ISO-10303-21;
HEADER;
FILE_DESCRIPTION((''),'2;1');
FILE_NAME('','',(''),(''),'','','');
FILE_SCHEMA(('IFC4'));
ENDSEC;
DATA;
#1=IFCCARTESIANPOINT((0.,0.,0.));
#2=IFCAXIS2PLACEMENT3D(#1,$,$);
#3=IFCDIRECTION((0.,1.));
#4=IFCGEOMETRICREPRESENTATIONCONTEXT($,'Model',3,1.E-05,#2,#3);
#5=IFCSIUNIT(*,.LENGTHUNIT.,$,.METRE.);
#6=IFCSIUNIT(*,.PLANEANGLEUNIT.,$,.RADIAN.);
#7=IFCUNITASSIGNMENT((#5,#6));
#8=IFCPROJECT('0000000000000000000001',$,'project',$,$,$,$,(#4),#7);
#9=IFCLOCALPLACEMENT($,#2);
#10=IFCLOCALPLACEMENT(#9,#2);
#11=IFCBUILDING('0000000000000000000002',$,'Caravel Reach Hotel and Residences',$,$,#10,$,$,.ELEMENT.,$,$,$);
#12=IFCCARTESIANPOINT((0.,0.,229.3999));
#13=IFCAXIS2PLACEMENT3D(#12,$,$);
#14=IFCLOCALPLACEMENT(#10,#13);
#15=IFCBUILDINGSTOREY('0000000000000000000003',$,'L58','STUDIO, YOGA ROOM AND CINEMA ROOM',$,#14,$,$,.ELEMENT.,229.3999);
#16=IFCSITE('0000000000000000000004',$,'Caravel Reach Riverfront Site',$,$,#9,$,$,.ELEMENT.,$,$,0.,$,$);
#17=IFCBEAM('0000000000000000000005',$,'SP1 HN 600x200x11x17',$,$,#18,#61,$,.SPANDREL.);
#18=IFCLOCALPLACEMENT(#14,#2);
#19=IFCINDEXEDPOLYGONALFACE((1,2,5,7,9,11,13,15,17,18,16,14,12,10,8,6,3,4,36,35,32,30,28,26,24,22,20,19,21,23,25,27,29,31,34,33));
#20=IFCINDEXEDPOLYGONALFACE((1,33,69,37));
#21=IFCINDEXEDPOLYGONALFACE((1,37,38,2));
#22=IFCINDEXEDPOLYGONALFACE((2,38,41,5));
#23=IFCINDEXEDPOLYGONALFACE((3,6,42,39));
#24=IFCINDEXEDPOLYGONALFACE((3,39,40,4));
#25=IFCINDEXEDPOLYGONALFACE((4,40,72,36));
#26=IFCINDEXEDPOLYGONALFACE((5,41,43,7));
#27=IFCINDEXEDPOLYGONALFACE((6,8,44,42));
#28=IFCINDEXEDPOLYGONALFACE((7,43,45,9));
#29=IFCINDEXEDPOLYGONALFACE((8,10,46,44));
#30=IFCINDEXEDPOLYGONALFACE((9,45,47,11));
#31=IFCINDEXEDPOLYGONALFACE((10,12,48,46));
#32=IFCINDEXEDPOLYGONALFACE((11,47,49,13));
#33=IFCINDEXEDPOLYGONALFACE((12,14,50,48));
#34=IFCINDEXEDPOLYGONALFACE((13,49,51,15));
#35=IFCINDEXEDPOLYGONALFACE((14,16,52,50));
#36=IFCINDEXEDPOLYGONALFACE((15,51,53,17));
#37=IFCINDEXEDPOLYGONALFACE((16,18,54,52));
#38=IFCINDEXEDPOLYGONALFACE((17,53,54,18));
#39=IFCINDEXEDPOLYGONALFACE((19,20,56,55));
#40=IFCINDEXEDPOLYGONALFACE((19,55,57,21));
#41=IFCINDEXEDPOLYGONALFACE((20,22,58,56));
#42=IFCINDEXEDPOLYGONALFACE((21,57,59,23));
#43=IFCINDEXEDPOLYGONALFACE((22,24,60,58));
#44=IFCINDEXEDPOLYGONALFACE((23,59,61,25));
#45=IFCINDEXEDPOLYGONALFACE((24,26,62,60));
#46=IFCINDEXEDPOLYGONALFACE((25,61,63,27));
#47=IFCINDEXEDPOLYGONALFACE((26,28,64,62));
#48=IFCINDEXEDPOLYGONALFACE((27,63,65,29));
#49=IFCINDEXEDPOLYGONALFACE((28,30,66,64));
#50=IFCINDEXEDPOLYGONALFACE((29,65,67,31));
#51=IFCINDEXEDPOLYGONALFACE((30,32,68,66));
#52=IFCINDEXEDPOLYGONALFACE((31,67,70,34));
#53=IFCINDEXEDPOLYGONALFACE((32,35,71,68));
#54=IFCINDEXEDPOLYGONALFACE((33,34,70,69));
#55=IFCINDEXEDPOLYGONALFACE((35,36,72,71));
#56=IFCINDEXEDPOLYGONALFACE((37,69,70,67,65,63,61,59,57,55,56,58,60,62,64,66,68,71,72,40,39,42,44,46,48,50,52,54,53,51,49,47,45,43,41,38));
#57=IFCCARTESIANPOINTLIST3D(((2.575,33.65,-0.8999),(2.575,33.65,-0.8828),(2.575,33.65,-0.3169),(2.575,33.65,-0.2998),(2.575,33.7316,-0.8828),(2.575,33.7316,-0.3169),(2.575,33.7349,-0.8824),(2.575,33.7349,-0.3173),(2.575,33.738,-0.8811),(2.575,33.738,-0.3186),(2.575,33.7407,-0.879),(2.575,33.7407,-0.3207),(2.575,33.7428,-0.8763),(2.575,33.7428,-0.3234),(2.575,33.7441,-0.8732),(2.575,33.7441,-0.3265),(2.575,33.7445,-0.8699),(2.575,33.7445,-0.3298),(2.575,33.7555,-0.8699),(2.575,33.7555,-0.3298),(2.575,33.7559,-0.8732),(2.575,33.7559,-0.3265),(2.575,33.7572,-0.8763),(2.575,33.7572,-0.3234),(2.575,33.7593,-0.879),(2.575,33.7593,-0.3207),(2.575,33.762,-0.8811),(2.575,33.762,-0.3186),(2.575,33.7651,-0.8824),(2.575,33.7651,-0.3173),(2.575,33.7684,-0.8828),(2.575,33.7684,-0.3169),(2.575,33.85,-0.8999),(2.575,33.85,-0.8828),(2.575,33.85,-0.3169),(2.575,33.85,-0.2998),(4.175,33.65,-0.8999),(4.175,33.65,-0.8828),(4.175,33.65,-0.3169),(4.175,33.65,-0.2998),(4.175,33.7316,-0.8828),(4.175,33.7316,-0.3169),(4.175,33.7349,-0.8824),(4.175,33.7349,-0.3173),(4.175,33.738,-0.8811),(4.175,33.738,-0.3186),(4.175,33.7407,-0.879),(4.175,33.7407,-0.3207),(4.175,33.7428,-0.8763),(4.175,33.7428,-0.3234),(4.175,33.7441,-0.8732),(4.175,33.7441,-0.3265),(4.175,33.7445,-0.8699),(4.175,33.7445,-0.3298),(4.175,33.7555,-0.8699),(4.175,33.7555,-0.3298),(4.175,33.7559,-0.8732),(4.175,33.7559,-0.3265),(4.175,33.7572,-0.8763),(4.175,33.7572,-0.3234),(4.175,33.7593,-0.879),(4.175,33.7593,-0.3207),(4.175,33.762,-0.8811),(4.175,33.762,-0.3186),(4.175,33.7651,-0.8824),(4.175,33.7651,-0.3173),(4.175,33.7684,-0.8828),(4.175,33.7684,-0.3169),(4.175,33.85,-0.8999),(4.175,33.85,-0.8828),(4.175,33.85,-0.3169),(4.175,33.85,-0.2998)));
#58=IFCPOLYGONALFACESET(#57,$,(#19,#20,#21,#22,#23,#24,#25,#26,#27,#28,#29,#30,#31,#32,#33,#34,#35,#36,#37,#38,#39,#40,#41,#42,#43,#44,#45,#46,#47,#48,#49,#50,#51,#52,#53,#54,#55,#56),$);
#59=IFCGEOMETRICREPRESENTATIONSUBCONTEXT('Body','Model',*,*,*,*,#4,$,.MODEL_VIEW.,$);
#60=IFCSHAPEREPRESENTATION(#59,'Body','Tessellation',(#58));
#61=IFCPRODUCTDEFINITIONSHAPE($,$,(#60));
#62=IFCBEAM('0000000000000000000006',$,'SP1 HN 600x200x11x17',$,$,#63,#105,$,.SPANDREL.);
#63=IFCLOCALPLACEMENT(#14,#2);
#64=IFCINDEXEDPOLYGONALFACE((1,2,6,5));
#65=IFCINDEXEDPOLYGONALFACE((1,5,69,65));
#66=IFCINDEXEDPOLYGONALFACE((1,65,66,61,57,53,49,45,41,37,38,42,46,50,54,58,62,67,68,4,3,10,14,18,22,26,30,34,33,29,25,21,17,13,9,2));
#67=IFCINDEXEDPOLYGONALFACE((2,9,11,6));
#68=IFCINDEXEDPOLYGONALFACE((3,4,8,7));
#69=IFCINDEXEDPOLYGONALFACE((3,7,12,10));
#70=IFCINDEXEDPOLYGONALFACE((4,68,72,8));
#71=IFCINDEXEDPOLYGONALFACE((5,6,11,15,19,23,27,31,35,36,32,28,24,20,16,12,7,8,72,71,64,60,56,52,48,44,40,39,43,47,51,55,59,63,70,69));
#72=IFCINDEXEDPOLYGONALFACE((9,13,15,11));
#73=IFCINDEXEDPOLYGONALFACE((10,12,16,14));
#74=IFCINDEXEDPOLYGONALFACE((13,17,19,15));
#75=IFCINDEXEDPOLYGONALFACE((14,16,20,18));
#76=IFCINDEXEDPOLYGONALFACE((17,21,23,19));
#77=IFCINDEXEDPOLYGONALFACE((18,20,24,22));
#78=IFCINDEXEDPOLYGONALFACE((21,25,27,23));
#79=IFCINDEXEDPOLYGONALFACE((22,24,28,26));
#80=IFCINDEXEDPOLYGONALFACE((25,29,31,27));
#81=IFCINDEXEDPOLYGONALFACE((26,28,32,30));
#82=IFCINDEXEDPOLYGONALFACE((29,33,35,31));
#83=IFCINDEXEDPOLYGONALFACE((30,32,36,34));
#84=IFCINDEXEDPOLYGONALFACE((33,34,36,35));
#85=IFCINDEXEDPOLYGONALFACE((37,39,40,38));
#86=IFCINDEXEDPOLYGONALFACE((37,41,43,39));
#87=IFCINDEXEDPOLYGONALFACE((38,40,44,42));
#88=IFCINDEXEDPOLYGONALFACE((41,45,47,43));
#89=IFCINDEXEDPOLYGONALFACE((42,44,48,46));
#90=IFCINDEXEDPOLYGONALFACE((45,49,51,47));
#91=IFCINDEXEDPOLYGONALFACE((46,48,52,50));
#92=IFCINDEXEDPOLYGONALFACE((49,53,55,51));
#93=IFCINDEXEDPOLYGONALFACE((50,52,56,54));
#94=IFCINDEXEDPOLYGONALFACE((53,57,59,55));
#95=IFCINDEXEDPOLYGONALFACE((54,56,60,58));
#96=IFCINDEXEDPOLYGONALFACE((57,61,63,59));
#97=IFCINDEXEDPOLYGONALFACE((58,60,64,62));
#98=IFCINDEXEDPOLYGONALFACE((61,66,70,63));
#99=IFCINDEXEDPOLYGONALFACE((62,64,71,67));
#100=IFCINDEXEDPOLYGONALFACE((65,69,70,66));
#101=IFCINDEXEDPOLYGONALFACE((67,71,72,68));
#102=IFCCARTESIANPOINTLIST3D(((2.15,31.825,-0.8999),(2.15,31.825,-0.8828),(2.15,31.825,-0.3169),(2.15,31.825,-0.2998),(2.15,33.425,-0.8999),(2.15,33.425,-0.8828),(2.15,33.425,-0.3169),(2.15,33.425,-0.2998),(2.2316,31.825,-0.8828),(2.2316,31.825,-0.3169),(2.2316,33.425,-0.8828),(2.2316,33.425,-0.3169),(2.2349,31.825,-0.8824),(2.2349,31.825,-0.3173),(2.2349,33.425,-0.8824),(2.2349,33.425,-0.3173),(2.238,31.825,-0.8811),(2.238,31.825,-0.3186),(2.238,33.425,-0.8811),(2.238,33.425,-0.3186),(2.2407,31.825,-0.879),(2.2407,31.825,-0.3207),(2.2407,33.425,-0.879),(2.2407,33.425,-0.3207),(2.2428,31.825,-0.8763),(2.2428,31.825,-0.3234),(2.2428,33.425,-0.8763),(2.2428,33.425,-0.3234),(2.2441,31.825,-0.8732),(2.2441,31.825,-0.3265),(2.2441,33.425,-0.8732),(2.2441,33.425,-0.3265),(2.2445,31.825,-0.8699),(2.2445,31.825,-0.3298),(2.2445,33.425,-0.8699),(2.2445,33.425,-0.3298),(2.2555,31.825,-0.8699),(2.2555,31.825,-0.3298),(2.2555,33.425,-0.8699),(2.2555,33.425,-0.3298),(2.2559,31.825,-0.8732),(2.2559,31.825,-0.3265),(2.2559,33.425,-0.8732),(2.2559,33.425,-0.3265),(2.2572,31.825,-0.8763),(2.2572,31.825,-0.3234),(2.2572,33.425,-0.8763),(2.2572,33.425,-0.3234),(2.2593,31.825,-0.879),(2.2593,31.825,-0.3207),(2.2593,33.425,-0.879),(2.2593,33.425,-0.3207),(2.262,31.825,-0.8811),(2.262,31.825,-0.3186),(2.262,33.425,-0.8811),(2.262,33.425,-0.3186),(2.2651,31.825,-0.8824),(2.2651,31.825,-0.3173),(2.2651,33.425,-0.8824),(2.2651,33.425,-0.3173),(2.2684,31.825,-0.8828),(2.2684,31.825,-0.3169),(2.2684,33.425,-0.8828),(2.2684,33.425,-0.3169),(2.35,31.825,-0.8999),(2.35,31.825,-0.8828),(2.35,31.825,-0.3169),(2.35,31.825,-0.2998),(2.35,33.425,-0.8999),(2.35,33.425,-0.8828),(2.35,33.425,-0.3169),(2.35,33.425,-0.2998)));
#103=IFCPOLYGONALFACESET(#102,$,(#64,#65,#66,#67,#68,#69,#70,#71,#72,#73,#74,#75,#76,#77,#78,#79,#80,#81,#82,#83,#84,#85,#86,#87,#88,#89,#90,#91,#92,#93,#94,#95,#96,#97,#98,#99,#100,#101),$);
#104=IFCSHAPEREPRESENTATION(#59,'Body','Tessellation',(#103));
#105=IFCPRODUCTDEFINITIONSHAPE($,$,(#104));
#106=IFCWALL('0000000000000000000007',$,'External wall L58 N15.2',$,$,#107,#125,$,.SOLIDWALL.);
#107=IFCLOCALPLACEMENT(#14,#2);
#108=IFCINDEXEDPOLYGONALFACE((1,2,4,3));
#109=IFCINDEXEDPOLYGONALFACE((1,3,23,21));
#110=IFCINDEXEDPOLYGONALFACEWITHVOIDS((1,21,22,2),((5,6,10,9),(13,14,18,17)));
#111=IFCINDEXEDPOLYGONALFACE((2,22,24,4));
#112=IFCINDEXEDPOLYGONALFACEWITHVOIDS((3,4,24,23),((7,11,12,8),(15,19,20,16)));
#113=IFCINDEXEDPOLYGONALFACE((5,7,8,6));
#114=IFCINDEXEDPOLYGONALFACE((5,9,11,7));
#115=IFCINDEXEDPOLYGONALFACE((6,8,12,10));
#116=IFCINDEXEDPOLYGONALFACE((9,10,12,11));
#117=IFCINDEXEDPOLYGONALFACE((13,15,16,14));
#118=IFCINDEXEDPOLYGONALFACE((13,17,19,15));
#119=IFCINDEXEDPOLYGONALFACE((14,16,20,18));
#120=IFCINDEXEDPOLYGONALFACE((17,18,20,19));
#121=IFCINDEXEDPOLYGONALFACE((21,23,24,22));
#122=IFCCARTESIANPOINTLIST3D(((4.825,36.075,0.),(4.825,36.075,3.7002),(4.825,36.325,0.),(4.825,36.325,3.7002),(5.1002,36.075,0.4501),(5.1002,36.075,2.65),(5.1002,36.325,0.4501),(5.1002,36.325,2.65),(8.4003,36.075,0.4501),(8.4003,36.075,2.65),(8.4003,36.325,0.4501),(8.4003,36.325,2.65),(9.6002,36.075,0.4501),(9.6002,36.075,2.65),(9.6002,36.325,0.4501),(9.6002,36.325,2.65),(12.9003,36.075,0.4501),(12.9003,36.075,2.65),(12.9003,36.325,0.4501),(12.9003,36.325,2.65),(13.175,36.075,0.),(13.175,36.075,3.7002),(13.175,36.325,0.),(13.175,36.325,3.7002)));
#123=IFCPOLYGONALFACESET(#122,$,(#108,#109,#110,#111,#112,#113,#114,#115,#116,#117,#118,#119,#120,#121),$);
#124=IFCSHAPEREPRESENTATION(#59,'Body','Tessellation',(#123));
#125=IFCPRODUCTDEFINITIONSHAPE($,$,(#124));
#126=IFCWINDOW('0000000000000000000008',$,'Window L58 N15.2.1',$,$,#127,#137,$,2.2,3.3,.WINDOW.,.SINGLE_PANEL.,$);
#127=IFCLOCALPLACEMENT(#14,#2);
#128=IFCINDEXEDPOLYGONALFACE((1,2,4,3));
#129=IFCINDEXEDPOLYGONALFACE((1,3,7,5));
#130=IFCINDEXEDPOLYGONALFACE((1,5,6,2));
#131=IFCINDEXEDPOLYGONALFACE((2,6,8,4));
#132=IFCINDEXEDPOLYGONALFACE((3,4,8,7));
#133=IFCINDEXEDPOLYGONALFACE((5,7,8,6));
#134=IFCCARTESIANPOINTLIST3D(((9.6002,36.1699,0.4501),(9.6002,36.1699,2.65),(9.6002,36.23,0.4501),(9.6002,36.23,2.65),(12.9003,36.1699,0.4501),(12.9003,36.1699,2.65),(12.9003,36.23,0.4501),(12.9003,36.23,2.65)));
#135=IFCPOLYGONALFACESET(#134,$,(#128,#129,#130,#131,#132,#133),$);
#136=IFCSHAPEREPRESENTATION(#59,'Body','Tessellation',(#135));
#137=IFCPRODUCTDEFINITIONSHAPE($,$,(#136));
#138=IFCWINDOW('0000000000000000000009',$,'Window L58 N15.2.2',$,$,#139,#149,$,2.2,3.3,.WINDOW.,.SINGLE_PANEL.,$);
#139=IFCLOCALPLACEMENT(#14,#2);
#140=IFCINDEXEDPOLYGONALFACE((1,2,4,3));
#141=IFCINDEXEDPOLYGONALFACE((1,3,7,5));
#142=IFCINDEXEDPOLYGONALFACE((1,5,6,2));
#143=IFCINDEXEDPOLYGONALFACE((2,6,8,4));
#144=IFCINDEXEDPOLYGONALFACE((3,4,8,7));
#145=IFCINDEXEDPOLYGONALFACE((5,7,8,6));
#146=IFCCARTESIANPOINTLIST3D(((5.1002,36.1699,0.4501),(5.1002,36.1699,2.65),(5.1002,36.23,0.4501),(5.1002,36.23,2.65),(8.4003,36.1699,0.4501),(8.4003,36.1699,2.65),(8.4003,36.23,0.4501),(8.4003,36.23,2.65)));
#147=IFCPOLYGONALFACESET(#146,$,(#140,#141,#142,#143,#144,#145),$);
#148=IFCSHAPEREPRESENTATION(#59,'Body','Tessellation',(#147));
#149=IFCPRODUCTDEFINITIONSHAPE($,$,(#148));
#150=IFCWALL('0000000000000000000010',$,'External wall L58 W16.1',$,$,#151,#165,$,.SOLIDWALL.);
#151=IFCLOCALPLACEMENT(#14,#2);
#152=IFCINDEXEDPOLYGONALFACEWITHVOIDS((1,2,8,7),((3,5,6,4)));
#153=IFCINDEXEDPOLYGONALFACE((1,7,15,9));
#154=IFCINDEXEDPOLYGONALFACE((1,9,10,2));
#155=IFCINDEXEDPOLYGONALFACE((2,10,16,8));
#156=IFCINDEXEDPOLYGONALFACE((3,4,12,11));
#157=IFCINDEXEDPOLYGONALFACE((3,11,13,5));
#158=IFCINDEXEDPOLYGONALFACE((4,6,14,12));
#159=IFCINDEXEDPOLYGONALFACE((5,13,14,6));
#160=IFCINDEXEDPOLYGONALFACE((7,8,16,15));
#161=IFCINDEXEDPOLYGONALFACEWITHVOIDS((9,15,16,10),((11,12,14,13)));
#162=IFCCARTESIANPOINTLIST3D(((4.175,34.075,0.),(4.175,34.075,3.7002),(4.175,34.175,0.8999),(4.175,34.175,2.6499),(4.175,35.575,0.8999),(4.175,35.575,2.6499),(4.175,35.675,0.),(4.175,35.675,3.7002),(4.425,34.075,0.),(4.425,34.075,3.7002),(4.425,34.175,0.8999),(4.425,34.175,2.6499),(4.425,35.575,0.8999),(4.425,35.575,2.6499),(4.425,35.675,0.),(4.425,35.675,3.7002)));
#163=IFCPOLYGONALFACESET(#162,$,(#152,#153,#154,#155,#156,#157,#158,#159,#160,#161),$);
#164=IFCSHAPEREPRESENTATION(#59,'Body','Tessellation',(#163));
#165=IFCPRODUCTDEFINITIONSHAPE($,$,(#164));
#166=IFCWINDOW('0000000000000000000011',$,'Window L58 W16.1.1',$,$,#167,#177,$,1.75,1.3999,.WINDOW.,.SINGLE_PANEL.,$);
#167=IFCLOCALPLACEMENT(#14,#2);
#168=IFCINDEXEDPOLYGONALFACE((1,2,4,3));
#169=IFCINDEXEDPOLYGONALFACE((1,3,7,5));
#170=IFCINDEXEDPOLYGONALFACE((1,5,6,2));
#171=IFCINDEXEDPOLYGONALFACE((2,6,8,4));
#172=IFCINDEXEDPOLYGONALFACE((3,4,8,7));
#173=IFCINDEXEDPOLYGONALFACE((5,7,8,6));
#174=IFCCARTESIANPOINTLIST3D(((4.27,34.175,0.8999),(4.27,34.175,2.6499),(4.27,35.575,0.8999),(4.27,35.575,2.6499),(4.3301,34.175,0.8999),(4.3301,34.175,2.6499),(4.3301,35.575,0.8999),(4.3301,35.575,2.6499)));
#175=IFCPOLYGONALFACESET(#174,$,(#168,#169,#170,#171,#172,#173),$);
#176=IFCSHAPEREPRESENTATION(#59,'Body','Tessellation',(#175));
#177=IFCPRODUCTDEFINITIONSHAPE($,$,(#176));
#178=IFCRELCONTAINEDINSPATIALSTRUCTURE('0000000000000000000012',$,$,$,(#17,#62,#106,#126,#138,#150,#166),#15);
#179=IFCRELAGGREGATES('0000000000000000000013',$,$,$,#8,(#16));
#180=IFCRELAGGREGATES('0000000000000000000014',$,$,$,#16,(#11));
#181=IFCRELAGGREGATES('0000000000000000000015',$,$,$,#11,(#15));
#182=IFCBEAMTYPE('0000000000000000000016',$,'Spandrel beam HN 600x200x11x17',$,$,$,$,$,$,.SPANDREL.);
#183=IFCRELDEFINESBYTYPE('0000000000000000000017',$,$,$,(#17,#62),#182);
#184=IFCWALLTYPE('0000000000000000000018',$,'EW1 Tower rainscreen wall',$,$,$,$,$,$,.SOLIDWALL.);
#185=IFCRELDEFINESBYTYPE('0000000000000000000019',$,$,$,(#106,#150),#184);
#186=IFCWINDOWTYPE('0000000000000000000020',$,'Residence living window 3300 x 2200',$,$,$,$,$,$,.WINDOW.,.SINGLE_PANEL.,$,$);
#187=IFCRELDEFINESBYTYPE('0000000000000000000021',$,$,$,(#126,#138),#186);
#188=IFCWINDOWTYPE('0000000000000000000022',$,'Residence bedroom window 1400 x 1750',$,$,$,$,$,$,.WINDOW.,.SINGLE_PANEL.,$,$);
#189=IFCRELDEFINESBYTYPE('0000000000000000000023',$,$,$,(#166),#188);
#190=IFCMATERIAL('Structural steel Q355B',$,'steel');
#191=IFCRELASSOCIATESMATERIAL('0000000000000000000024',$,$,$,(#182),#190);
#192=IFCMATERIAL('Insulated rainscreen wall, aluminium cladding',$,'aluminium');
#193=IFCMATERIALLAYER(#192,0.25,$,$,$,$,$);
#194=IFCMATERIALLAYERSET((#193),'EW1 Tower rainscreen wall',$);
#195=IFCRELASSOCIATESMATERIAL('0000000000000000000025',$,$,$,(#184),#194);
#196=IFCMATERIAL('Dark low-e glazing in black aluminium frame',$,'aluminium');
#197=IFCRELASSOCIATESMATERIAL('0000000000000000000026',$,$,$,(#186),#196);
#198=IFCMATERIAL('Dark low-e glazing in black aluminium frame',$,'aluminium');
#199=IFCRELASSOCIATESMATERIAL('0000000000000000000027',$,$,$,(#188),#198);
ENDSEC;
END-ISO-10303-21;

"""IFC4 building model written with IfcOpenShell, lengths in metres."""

from ifc_helpers import new_model, si_unit, direction, frame, frame_2d, origin, origin_2d, place, context, subcontext, project, spatial, rectangle, i_section, extrude, material, layer, layer_set, material_profile, profile_set, type_object, element, fill, save


model = new_model("IFC4")

# Units and contexts
model_context = context("Model", 3, precision=1e-05, world=origin(), true_north=direction((0.0, 1.0)))
body_context = subcontext(model_context, "Body", "Model", "MODEL_VIEW")
ifc_project = project(units=[si_unit("LENGTHUNIT", "METRE"), si_unit("PLANEANGLEUNIT", "RADIAN")], contexts=[model_context])

# Site, building, storey
site_placement = place(None, origin())
site = spatial("IfcSite", under=ifc_project, at=site_placement, Name="Caravel Reach Riverfront Site", CompositionType="ELEMENT", RefElevation=0.0)
building_placement = place(site_placement, origin())
building = spatial("IfcBuilding", under=site, at=building_placement, Name="Caravel Reach Hotel and Residences", CompositionType="ELEMENT")
storey_placement = place(building_placement, frame((0.0, 0.0, 229.3999)))
storey = spatial("IfcBuildingStorey", under=building, at=storey_placement, Name="L58", Description="STUDIO, YOGA ROOM AND CINEMA ROOM", CompositionType="ELEMENT", Elevation=229.3999)

# Beams
ifc_material_1 = material(Name="Structural steel Q355B", Category="steel")
ifc_material_profile_1 = material_profile(ifc_material_1, i_section(OverallWidth=0.2, OverallDepth=0.6001, WebThickness=0.011, FlangeThickness=0.0171, FilletRadius=0.0129, at=origin_2d()), Name="HN 600x200x11x17")
ifc_profile_set_1 = profile_set([ifc_material_profile_1], Name="Structural steel Q355B")
beam_type = type_object("IfcBeamType", Name="Spandrel beam HN 600x200x11x17", PredefinedType="SPANDREL", material=ifc_profile_set_1)
for number, where, z_axis, x_axis, name in (
    (1, (4.175, 33.75, -0.5999), (-1.0, 0.0, 0.0), (0.0, -1.0, 0.0), "SP1 HN 600x200x11x17"),
    (2, (2.25, 33.425, -0.5999), (0.0, -1.0, 0.0), (1.0, 0.0, 0.0), "SP1 HN 600x200x11x17"),
):
    element("IfcBeam", number, at=place(storey_placement, frame(where, z_axis=z_axis, x_axis=x_axis)), inside=storey, type_object=beam_type, Name=name, PredefinedType="SPANDREL", context=body_context, shape_type="SweptSolid", body=[
        extrude(i_section(OverallWidth=0.2, OverallDepth=0.6001, WebThickness=0.011, FlangeThickness=0.0171, FilletRadius=0.0129, at=origin_2d()), origin(), (0.0, 0.0, 1.0), 1.6001),
    ])

# Wall, openings, windows
ifc_material_2 = material(Name="Insulated rainscreen wall, aluminium cladding", Category="aluminium")
ifc_layer = layer(ifc_material_2, 0.25)
ifc_layer_set = layer_set([ifc_layer], Name="EW1 Tower rainscreen wall")
wall_type = type_object("IfcWallType", Name="EW1 Tower rainscreen wall", PredefinedType="SOLIDWALL", material=ifc_layer_set)
wall_1_placement = place(storey_placement, frame((13.175, 36.2, 0.0), z_axis=(0.0, 0.0, 1.0), x_axis=(-1.0, 0.0, 0.0)))
wall_1 = element("IfcWall", 3, at=wall_1_placement, inside=storey, type_object=wall_type, Name="External wall L58 N15.2", PredefinedType="SOLIDWALL", context=body_context, shape_type="SweptSolid", body=[
    extrude(rectangle(XDim=8.3501, YDim=0.25, at=frame_2d((4.175, 0.0))), origin(), (0.0, 0.0, 1.0), 3.7002),
])
opening_1_placement = place(wall_1_placement, frame((0.2749, 0.0, 0.45)))
opening_1 = element("IfcOpeningElement", 4, at=opening_1_placement, cuts=wall_1, PredefinedType="OPENING", context=body_context, shape_type="SweptSolid", body=[
    extrude(rectangle(XDim=3.3, YDim=2.2, at=frame_2d((1.6499, 1.1001))), frame((0.0, 0.135, 0.0), z_axis=(0.0, -1.0, 0.0), x_axis=(1.0, 0.0, 0.0)), (0.0, 0.0, 1.0), 0.27),
])
opening_2_placement = place(wall_1_placement, frame((4.7749, 0.0, 0.45)))
opening_2 = element("IfcOpeningElement", 5, at=opening_2_placement, cuts=wall_1, PredefinedType="OPENING", context=body_context, shape_type="SweptSolid", body=[
    extrude(rectangle(XDim=3.3, YDim=2.2, at=frame_2d((1.6499, 1.1001))), frame((0.0, 0.135, 0.0), z_axis=(0.0, -1.0, 0.0), x_axis=(1.0, 0.0, 0.0)), (0.0, 0.0, 1.0), 0.27),
])
ifc_material_3 = material(Name="Dark low-e glazing in black aluminium frame", Category="aluminium")
window_type_1 = type_object("IfcWindowType", Name="Residence living window 3300 x 2200", PartitioningType="SINGLE_PANEL", PredefinedType="WINDOW", material=ifc_material_3)
window_1_placement = place(opening_1_placement, origin())
window_1 = element("IfcWindow", 6, at=window_1_placement, inside=storey, type_object=window_type_1, Name="Window L58 N15.2.1", OverallHeight=2.2, OverallWidth=3.3, PartitioningType="SINGLE_PANEL", PredefinedType="WINDOW", context=body_context, shape_type="SweptSolid", body=[
    extrude(rectangle(XDim=3.3, YDim=2.2, at=frame_2d((1.6499, 1.1001))), frame((0.0, 0.03, 0.0), z_axis=(0.0, -1.0, 0.0), x_axis=(1.0, 0.0, 0.0)), (0.0, 0.0, 1.0), 0.0601),
])
fill(opening_1, window_1)
window_2_placement = place(opening_2_placement, origin())
window_2 = element("IfcWindow", 7, at=window_2_placement, inside=storey, type_object=window_type_1, Name="Window L58 N15.2.2", OverallHeight=2.2, OverallWidth=3.3, PartitioningType="SINGLE_PANEL", PredefinedType="WINDOW", context=body_context, shape_type="SweptSolid", body=[
    extrude(rectangle(XDim=3.3, YDim=2.2, at=frame_2d((1.6499, 1.1001))), frame((0.0, 0.03, 0.0), z_axis=(0.0, -1.0, 0.0), x_axis=(1.0, 0.0, 0.0)), (0.0, 0.0, 1.0), 0.0601),
])
fill(opening_2, window_2)

# Wall, opening, window
wall_2_placement = place(storey_placement, frame((4.3, 35.675, 0.0), z_axis=(0.0, 0.0, 1.0), x_axis=(0.0, -1.0, 0.0)))
wall_2 = element("IfcWall", 8, at=wall_2_placement, inside=storey, type_object=wall_type, Name="External wall L58 W16.1", PredefinedType="SOLIDWALL", context=body_context, shape_type="SweptSolid", body=[
    extrude(rectangle(XDim=1.6001, YDim=0.25, at=frame_2d((0.8, 0.0))), origin(), (0.0, 0.0, 1.0), 3.7002),
])
opening_3_placement = place(wall_2_placement, frame((0.1001, 0.0, 0.8999)))
opening_3 = element("IfcOpeningElement", 9, at=opening_3_placement, cuts=wall_2, PredefinedType="OPENING", context=body_context, shape_type="SweptSolid", body=[
    extrude(rectangle(XDim=1.3999, YDim=1.75, at=frame_2d((0.7, 0.875))), frame((0.0, 0.135, 0.0), z_axis=(0.0, -1.0, 0.0), x_axis=(1.0, 0.0, 0.0)), (0.0, 0.0, 1.0), 0.27),
])
ifc_material_4 = material(Name="Dark low-e glazing in black aluminium frame", Category="aluminium")
window_type_2 = type_object("IfcWindowType", Name="Residence bedroom window 1400 x 1750", PartitioningType="SINGLE_PANEL", PredefinedType="WINDOW", material=ifc_material_4)
window_3_placement = place(opening_3_placement, origin())
window_3 = element("IfcWindow", 10, at=window_3_placement, inside=storey, type_object=window_type_2, Name="Window L58 W16.1.1", OverallHeight=1.75, OverallWidth=1.3999, PartitioningType="SINGLE_PANEL", PredefinedType="WINDOW", context=body_context, shape_type="SweptSolid", body=[
    extrude(rectangle(XDim=1.3999, YDim=1.75, at=frame_2d((0.7, 0.875))), frame((0.0, 0.03, 0.0), z_axis=(0.0, -1.0, 0.0), x_axis=(1.0, 0.0, 0.0)), (0.0, 0.0, 1.0), 0.0601),
])
fill(opening_3, window_3)

save(model, "model.ifc")
